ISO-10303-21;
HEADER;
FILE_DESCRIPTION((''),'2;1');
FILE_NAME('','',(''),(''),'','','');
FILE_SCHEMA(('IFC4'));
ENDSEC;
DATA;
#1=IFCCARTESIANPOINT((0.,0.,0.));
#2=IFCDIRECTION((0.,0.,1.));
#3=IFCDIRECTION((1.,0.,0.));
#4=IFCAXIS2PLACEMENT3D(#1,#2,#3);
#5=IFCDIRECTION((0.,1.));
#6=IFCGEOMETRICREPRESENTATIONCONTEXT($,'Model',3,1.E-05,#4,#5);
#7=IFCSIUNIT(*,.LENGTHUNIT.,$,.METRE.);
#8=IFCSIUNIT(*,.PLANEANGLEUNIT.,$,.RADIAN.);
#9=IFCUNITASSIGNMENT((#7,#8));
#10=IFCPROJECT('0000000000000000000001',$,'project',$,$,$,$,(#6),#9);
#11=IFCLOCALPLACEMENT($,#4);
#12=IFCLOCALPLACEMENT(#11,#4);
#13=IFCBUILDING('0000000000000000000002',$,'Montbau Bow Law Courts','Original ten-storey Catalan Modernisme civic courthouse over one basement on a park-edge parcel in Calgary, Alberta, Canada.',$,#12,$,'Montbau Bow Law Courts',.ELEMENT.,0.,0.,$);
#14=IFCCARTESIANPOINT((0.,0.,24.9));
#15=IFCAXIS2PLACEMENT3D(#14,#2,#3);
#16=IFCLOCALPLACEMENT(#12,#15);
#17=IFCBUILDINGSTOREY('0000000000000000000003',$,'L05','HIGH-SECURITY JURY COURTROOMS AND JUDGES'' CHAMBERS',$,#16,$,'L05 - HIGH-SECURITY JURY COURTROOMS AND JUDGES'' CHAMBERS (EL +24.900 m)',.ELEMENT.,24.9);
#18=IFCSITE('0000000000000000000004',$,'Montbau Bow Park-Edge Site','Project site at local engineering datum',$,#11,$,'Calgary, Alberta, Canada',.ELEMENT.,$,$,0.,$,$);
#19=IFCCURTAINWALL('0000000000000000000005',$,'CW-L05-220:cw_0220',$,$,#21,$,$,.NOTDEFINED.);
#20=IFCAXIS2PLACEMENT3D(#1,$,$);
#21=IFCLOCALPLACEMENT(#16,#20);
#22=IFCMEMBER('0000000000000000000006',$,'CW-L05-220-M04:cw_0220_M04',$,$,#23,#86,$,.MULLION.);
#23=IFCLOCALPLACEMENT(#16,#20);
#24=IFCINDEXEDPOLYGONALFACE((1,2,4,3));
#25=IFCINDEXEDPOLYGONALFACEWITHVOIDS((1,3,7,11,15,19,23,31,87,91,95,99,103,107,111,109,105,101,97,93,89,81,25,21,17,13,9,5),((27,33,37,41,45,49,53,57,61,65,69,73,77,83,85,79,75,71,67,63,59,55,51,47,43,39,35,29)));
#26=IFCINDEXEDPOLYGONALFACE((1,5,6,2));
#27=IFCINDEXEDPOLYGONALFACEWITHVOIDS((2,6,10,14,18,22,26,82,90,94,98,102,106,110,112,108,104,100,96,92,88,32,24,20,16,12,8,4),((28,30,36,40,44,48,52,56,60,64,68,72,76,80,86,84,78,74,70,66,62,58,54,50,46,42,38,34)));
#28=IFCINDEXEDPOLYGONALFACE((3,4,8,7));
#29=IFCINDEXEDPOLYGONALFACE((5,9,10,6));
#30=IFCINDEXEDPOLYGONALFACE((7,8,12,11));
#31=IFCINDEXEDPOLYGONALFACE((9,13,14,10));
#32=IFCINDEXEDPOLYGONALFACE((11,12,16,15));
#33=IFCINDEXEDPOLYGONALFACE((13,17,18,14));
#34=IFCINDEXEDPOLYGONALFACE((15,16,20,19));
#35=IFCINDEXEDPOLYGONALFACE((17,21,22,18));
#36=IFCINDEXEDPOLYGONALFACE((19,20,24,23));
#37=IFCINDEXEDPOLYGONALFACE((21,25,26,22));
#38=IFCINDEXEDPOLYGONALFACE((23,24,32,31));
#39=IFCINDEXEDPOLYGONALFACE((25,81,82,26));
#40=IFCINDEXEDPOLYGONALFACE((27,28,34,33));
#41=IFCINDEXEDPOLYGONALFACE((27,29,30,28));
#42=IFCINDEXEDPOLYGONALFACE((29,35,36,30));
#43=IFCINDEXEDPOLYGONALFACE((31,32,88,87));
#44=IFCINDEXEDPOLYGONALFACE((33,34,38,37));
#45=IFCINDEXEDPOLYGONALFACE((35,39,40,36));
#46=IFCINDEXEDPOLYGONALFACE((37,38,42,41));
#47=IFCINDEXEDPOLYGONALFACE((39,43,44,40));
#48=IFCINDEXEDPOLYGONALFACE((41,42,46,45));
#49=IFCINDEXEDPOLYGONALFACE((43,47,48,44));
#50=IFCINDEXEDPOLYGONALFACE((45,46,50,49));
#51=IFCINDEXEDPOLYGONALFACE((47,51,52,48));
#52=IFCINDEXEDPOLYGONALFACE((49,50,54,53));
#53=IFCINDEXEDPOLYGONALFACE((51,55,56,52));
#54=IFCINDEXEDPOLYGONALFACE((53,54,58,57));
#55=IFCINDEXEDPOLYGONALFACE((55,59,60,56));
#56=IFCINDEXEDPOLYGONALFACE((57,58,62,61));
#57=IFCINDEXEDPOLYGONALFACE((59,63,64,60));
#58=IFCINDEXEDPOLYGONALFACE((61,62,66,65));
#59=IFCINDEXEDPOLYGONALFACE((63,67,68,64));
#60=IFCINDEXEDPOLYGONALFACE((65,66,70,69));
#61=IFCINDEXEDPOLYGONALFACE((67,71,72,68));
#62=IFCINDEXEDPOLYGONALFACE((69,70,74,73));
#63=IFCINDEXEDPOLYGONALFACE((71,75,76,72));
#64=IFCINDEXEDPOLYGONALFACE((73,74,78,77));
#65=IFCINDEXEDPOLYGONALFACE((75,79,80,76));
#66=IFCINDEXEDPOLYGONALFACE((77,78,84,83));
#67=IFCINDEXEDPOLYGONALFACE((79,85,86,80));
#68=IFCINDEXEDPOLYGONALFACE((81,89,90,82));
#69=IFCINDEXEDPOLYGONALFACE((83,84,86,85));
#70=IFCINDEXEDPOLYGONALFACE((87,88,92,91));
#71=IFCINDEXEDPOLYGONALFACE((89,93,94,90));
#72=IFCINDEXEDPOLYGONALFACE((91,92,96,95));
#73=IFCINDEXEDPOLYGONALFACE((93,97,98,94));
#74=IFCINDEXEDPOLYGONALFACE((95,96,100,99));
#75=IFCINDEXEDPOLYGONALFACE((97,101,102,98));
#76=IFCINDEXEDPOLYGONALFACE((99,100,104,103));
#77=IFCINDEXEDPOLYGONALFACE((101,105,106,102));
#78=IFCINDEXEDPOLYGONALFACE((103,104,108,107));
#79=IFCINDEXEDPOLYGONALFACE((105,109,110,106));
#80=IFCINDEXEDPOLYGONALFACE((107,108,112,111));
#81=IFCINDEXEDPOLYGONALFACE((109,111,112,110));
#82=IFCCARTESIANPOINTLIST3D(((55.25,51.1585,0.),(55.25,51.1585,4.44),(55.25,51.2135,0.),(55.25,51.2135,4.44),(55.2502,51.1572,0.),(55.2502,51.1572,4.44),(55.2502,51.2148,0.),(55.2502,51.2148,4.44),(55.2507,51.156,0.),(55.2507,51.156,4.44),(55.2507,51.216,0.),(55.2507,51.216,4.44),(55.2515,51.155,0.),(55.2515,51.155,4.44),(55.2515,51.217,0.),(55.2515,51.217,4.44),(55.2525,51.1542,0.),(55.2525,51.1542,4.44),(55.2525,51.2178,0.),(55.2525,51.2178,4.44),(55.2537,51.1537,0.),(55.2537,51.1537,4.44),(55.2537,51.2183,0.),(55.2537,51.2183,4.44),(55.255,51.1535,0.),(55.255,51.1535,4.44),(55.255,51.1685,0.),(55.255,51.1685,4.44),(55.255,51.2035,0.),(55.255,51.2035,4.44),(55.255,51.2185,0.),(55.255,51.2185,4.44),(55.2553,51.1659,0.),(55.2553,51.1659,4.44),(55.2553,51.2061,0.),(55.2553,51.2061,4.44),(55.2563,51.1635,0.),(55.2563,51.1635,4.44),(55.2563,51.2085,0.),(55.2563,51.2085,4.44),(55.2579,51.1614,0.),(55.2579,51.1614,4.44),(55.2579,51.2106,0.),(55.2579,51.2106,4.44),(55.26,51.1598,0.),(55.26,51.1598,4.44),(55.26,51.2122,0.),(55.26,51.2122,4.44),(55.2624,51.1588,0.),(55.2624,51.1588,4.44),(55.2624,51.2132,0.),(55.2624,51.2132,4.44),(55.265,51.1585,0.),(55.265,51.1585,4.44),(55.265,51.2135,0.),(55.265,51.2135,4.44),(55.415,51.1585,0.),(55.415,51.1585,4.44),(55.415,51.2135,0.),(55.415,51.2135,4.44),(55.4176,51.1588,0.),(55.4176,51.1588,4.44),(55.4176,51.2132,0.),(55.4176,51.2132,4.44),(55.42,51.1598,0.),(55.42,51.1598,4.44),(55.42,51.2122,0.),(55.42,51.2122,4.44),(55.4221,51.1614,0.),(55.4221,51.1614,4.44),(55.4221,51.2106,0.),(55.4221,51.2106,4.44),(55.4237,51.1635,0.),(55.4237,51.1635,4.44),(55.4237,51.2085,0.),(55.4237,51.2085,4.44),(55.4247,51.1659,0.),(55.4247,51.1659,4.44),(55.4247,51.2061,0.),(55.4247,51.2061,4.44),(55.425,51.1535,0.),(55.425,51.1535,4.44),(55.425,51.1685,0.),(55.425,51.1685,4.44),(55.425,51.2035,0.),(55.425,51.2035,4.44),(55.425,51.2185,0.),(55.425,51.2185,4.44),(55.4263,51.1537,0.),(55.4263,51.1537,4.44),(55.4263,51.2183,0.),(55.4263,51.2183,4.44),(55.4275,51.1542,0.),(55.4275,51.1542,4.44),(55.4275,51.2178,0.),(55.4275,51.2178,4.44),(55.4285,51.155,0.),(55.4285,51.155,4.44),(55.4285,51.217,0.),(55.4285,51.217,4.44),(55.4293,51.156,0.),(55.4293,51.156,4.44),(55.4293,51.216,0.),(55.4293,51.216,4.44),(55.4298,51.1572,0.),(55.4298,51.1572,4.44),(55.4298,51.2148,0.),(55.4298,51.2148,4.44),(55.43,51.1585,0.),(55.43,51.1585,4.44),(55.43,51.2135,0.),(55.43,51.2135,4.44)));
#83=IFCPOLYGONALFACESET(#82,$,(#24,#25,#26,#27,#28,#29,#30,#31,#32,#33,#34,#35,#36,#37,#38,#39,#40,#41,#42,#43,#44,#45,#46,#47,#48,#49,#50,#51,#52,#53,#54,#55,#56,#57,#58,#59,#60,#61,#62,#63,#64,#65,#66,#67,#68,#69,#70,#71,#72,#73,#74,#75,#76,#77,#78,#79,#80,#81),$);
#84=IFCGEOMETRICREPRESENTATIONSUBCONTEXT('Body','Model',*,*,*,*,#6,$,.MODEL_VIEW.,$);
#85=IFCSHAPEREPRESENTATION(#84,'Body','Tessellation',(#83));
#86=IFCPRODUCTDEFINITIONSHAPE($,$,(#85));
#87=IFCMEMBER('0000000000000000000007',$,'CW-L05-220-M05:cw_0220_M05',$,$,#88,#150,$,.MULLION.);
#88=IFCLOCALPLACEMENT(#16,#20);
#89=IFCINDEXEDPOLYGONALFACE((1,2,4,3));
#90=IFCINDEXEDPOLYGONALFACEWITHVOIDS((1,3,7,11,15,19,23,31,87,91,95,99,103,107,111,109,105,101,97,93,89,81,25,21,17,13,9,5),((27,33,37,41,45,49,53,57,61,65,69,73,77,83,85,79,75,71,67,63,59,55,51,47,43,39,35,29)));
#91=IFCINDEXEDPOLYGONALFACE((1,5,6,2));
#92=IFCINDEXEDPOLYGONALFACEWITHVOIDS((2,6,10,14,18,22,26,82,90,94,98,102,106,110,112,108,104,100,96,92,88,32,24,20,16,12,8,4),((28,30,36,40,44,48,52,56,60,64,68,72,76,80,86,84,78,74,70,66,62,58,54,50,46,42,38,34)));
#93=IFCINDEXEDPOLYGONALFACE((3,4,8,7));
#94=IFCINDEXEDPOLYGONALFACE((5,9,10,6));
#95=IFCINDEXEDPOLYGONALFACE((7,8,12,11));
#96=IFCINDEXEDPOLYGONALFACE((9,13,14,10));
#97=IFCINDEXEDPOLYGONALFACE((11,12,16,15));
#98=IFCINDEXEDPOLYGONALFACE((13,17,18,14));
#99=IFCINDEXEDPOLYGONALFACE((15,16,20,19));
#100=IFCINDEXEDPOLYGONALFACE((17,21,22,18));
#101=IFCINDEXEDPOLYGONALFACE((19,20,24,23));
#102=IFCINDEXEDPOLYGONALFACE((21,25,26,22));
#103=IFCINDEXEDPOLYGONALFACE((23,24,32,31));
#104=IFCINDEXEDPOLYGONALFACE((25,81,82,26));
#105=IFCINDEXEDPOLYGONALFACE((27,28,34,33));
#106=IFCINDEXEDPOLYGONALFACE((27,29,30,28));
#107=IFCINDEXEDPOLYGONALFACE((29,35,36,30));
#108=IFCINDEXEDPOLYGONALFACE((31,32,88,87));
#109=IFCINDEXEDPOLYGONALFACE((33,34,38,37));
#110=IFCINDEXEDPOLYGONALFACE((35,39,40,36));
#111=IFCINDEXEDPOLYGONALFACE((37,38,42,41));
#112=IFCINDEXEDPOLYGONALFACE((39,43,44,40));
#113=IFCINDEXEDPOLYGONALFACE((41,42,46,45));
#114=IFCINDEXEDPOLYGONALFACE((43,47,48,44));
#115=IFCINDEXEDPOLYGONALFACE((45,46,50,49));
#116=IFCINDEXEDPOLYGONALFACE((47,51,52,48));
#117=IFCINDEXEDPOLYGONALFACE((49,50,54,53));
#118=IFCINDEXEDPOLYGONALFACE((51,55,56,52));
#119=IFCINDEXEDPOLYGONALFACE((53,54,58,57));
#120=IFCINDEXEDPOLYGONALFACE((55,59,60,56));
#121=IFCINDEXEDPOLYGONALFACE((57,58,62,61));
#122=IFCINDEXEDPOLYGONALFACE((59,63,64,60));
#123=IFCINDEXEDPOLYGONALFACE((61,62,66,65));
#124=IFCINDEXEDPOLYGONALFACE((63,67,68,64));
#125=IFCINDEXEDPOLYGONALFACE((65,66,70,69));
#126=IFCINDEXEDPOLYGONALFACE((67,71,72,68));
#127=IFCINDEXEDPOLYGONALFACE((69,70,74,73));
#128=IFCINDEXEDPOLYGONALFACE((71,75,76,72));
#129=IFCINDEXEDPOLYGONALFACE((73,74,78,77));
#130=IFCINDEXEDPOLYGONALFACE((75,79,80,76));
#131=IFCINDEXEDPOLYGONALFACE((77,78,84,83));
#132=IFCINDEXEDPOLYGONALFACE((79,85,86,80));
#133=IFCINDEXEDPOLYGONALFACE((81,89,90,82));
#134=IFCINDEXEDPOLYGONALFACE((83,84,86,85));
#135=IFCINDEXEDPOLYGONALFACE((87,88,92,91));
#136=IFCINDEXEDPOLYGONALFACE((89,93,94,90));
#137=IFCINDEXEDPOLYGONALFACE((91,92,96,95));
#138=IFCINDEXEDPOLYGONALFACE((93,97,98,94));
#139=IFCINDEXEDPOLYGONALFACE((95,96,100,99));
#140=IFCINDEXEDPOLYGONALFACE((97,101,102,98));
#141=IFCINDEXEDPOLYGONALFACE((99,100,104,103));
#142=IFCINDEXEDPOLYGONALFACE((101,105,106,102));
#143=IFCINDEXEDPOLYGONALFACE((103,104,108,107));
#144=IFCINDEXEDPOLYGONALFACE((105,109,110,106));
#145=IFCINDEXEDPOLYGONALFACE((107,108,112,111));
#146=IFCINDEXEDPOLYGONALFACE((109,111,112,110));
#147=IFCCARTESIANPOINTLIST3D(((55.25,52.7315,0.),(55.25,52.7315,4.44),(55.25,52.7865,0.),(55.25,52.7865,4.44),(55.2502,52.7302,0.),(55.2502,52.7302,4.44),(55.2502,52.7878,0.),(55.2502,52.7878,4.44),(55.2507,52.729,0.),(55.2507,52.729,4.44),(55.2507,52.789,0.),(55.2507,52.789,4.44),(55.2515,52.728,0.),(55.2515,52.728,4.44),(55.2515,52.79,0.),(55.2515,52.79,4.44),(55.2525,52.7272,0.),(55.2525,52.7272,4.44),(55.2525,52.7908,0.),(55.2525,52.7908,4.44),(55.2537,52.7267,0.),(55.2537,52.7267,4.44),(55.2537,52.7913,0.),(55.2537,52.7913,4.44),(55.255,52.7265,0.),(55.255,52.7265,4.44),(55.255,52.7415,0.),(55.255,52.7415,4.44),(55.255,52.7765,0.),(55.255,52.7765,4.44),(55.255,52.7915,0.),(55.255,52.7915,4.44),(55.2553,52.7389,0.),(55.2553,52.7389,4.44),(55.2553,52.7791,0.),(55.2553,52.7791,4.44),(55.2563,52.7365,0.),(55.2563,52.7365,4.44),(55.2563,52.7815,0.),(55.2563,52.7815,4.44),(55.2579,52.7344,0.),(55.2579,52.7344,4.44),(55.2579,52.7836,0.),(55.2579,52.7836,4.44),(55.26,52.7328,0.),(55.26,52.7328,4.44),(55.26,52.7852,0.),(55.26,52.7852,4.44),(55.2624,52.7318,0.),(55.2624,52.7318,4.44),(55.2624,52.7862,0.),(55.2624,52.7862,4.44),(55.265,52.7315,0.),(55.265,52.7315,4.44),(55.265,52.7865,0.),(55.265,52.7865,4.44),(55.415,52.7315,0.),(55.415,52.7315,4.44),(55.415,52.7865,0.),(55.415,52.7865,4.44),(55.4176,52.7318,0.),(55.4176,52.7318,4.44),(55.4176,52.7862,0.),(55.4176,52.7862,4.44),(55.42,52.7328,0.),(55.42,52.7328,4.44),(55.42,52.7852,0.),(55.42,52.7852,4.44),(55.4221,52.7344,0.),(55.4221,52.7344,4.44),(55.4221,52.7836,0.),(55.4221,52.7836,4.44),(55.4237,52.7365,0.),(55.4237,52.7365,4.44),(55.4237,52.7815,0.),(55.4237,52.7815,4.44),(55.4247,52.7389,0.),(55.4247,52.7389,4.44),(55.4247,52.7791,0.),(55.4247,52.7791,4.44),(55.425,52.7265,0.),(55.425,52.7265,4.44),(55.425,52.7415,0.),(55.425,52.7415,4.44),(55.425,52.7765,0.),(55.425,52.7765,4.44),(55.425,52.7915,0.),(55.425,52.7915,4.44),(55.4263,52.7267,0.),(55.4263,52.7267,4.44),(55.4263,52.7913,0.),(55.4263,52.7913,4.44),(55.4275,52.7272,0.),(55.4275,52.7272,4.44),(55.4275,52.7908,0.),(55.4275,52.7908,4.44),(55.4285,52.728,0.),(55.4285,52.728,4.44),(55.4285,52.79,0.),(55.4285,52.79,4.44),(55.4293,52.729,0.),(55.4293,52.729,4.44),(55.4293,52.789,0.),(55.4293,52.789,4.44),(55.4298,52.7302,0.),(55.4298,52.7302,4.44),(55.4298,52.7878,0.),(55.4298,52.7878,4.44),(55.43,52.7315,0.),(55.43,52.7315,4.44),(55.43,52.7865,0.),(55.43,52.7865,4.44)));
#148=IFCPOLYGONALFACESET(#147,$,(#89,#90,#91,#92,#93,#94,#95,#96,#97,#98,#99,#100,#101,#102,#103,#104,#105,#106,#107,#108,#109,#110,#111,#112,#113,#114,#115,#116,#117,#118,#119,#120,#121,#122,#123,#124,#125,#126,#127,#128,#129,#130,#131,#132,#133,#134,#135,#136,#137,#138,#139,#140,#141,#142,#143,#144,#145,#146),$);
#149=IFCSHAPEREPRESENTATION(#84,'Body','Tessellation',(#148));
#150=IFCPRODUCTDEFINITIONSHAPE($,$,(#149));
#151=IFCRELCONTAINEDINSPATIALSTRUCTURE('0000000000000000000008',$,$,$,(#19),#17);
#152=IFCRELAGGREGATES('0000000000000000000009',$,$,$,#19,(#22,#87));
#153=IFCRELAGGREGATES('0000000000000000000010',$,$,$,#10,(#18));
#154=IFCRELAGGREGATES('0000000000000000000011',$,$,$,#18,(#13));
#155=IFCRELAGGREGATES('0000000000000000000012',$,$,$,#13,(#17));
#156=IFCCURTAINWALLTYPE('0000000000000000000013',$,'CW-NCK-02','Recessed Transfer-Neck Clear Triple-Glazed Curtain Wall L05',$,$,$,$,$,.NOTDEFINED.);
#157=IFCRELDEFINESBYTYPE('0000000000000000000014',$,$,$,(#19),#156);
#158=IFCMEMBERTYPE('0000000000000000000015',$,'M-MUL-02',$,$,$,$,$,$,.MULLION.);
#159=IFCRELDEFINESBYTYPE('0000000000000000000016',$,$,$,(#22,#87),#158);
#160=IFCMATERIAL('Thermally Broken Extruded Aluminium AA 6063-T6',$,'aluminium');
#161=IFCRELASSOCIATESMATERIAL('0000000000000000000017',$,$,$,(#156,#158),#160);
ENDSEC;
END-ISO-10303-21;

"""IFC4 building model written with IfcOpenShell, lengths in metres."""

from ifc_helpers import new_model, si_unit, direction, frame, origin_with_axes, origin_2d_with_axis, place, context, subcontext, project, spatial, hollow_rectangle, extrude, material, material_profile, profile_set, type_object, element, aggregate, save


model = new_model("IFC4")

# Units and contexts
model_context = context("Model", 3, precision=1e-05, world=origin_with_axes(), true_north=direction((0.0, 1.0)))
body_context = subcontext(model_context, "Body", "Model", "MODEL_VIEW")
ifc_project = project(units=[si_unit("LENGTHUNIT", "METRE"), si_unit("PLANEANGLEUNIT", "RADIAN")], contexts=[model_context])

# Site, building, storey
site_placement = place(None, origin_with_axes())
site = spatial("IfcSite", under=ifc_project, at=site_placement, Name="Montbau Bow Park-Edge Site", Description="Project site at local engineering datum", LongName="Calgary, Alberta, Canada", CompositionType="ELEMENT", RefElevation=0.0)
building_placement = place(site_placement, origin_with_axes())
building = spatial("IfcBuilding", under=site, at=building_placement, Name="Montbau Bow Law Courts", Description="Original ten-storey Catalan Modernisme civic courthouse over one basement on a park-edge parcel in Calgary, Alberta, Canada.", LongName="Montbau Bow Law Courts", CompositionType="ELEMENT", ElevationOfRefHeight=0.0, ElevationOfTerrain=0.0)
storey_placement = place(building_placement, frame((0.0, 0.0, 24.9), z_axis=(0.0, 0.0, 1.0), x_axis=(1.0, 0.0, 0.0)))
storey = spatial("IfcBuildingStorey", under=building, at=storey_placement, Name="L05", Description="HIGH-SECURITY JURY COURTROOMS AND JUDGES' CHAMBERS", LongName="L05 - HIGH-SECURITY JURY COURTROOMS AND JUDGES' CHAMBERS (EL +24.900 m)", CompositionType="ELEMENT", Elevation=24.9)

# Curtain wall, members
ifc_material_1 = material(Name="Thermally Broken Extruded Aluminium AA 6063-T6", Category="aluminium")
curtain_wall_type = type_object("IfcCurtainWallType", Name="CW-NCK-02", Description="Recessed Transfer-Neck Clear Triple-Glazed Curtain Wall L05", PredefinedType="NOTDEFINED", material=ifc_material_1)
curtain_wall_1_placement = place(None, frame((55.34, 46.468, 24.9), z_axis=(0.0, 0.0, 1.0), x_axis=(1.0, 0.0, 0.0)))
curtain_wall_1 = element("IfcCurtainWall", 1, at=curtain_wall_1_placement, inside=storey, type_object=curtain_wall_type, Name="CW-L05-220:cw_0220", PredefinedType="NOTDEFINED")
ifc_material_profile_1 = material_profile(ifc_material_1, hollow_rectangle(XDim=0.065, YDim=0.18, WallThickness=0.005, InnerFilletRadius=0.01, OuterFilletRadius=0.005, at=origin_2d_with_axis()), Name="CWM-180X65", Category="Main", Priority=0)
ifc_profile_set_1 = profile_set([ifc_material_profile_1], Name="Thermally Broken Extruded Aluminium AA 6063-T6")
member_type_1 = type_object("IfcMemberType", Name="M-MUL-02", PredefinedType="MULLION", material=ifc_profile_set_1)
member_1_placement = place(None, frame((55.34, 51.186, 24.9), z_axis=(0.0, 0.0, 1.0), x_axis=(0.0, 1.0, 0.0)))
member_1 = element("IfcMember", 2, at=member_1_placement, type_object=member_type_1, Name="CW-L05-220-M04:cw_0220_M04", PredefinedType="MULLION", context=body_context, shape_type="SweptSolid", body=[
    extrude(hollow_rectangle(XDim=0.065, YDim=0.18, WallThickness=0.005, InnerFilletRadius=0.01, OuterFilletRadius=0.005, at=origin_2d_with_axis()), origin_with_axes(), (0.0, 0.0, 1.0), 4.44),
])
member_2_placement = place(None, frame((55.34, 52.759, 24.9), z_axis=(0.0, 0.0, 1.0), x_axis=(0.0, 1.0, 0.0)))
member_2 = element("IfcMember", 3, at=member_2_placement, type_object=member_type_1, Name="CW-L05-220-M05:cw_0220_M05", PredefinedType="MULLION", context=body_context, shape_type="SweptSolid", body=[
    extrude(hollow_rectangle(XDim=0.065, YDim=0.18, WallThickness=0.005, InnerFilletRadius=0.01, OuterFilletRadius=0.005, at=origin_2d_with_axis()), origin_with_axes(), (0.0, 0.0, 1.0), 4.44),
])

aggregate(curtain_wall_1, [member_1, member_2])

save(model, "model.ifc")
